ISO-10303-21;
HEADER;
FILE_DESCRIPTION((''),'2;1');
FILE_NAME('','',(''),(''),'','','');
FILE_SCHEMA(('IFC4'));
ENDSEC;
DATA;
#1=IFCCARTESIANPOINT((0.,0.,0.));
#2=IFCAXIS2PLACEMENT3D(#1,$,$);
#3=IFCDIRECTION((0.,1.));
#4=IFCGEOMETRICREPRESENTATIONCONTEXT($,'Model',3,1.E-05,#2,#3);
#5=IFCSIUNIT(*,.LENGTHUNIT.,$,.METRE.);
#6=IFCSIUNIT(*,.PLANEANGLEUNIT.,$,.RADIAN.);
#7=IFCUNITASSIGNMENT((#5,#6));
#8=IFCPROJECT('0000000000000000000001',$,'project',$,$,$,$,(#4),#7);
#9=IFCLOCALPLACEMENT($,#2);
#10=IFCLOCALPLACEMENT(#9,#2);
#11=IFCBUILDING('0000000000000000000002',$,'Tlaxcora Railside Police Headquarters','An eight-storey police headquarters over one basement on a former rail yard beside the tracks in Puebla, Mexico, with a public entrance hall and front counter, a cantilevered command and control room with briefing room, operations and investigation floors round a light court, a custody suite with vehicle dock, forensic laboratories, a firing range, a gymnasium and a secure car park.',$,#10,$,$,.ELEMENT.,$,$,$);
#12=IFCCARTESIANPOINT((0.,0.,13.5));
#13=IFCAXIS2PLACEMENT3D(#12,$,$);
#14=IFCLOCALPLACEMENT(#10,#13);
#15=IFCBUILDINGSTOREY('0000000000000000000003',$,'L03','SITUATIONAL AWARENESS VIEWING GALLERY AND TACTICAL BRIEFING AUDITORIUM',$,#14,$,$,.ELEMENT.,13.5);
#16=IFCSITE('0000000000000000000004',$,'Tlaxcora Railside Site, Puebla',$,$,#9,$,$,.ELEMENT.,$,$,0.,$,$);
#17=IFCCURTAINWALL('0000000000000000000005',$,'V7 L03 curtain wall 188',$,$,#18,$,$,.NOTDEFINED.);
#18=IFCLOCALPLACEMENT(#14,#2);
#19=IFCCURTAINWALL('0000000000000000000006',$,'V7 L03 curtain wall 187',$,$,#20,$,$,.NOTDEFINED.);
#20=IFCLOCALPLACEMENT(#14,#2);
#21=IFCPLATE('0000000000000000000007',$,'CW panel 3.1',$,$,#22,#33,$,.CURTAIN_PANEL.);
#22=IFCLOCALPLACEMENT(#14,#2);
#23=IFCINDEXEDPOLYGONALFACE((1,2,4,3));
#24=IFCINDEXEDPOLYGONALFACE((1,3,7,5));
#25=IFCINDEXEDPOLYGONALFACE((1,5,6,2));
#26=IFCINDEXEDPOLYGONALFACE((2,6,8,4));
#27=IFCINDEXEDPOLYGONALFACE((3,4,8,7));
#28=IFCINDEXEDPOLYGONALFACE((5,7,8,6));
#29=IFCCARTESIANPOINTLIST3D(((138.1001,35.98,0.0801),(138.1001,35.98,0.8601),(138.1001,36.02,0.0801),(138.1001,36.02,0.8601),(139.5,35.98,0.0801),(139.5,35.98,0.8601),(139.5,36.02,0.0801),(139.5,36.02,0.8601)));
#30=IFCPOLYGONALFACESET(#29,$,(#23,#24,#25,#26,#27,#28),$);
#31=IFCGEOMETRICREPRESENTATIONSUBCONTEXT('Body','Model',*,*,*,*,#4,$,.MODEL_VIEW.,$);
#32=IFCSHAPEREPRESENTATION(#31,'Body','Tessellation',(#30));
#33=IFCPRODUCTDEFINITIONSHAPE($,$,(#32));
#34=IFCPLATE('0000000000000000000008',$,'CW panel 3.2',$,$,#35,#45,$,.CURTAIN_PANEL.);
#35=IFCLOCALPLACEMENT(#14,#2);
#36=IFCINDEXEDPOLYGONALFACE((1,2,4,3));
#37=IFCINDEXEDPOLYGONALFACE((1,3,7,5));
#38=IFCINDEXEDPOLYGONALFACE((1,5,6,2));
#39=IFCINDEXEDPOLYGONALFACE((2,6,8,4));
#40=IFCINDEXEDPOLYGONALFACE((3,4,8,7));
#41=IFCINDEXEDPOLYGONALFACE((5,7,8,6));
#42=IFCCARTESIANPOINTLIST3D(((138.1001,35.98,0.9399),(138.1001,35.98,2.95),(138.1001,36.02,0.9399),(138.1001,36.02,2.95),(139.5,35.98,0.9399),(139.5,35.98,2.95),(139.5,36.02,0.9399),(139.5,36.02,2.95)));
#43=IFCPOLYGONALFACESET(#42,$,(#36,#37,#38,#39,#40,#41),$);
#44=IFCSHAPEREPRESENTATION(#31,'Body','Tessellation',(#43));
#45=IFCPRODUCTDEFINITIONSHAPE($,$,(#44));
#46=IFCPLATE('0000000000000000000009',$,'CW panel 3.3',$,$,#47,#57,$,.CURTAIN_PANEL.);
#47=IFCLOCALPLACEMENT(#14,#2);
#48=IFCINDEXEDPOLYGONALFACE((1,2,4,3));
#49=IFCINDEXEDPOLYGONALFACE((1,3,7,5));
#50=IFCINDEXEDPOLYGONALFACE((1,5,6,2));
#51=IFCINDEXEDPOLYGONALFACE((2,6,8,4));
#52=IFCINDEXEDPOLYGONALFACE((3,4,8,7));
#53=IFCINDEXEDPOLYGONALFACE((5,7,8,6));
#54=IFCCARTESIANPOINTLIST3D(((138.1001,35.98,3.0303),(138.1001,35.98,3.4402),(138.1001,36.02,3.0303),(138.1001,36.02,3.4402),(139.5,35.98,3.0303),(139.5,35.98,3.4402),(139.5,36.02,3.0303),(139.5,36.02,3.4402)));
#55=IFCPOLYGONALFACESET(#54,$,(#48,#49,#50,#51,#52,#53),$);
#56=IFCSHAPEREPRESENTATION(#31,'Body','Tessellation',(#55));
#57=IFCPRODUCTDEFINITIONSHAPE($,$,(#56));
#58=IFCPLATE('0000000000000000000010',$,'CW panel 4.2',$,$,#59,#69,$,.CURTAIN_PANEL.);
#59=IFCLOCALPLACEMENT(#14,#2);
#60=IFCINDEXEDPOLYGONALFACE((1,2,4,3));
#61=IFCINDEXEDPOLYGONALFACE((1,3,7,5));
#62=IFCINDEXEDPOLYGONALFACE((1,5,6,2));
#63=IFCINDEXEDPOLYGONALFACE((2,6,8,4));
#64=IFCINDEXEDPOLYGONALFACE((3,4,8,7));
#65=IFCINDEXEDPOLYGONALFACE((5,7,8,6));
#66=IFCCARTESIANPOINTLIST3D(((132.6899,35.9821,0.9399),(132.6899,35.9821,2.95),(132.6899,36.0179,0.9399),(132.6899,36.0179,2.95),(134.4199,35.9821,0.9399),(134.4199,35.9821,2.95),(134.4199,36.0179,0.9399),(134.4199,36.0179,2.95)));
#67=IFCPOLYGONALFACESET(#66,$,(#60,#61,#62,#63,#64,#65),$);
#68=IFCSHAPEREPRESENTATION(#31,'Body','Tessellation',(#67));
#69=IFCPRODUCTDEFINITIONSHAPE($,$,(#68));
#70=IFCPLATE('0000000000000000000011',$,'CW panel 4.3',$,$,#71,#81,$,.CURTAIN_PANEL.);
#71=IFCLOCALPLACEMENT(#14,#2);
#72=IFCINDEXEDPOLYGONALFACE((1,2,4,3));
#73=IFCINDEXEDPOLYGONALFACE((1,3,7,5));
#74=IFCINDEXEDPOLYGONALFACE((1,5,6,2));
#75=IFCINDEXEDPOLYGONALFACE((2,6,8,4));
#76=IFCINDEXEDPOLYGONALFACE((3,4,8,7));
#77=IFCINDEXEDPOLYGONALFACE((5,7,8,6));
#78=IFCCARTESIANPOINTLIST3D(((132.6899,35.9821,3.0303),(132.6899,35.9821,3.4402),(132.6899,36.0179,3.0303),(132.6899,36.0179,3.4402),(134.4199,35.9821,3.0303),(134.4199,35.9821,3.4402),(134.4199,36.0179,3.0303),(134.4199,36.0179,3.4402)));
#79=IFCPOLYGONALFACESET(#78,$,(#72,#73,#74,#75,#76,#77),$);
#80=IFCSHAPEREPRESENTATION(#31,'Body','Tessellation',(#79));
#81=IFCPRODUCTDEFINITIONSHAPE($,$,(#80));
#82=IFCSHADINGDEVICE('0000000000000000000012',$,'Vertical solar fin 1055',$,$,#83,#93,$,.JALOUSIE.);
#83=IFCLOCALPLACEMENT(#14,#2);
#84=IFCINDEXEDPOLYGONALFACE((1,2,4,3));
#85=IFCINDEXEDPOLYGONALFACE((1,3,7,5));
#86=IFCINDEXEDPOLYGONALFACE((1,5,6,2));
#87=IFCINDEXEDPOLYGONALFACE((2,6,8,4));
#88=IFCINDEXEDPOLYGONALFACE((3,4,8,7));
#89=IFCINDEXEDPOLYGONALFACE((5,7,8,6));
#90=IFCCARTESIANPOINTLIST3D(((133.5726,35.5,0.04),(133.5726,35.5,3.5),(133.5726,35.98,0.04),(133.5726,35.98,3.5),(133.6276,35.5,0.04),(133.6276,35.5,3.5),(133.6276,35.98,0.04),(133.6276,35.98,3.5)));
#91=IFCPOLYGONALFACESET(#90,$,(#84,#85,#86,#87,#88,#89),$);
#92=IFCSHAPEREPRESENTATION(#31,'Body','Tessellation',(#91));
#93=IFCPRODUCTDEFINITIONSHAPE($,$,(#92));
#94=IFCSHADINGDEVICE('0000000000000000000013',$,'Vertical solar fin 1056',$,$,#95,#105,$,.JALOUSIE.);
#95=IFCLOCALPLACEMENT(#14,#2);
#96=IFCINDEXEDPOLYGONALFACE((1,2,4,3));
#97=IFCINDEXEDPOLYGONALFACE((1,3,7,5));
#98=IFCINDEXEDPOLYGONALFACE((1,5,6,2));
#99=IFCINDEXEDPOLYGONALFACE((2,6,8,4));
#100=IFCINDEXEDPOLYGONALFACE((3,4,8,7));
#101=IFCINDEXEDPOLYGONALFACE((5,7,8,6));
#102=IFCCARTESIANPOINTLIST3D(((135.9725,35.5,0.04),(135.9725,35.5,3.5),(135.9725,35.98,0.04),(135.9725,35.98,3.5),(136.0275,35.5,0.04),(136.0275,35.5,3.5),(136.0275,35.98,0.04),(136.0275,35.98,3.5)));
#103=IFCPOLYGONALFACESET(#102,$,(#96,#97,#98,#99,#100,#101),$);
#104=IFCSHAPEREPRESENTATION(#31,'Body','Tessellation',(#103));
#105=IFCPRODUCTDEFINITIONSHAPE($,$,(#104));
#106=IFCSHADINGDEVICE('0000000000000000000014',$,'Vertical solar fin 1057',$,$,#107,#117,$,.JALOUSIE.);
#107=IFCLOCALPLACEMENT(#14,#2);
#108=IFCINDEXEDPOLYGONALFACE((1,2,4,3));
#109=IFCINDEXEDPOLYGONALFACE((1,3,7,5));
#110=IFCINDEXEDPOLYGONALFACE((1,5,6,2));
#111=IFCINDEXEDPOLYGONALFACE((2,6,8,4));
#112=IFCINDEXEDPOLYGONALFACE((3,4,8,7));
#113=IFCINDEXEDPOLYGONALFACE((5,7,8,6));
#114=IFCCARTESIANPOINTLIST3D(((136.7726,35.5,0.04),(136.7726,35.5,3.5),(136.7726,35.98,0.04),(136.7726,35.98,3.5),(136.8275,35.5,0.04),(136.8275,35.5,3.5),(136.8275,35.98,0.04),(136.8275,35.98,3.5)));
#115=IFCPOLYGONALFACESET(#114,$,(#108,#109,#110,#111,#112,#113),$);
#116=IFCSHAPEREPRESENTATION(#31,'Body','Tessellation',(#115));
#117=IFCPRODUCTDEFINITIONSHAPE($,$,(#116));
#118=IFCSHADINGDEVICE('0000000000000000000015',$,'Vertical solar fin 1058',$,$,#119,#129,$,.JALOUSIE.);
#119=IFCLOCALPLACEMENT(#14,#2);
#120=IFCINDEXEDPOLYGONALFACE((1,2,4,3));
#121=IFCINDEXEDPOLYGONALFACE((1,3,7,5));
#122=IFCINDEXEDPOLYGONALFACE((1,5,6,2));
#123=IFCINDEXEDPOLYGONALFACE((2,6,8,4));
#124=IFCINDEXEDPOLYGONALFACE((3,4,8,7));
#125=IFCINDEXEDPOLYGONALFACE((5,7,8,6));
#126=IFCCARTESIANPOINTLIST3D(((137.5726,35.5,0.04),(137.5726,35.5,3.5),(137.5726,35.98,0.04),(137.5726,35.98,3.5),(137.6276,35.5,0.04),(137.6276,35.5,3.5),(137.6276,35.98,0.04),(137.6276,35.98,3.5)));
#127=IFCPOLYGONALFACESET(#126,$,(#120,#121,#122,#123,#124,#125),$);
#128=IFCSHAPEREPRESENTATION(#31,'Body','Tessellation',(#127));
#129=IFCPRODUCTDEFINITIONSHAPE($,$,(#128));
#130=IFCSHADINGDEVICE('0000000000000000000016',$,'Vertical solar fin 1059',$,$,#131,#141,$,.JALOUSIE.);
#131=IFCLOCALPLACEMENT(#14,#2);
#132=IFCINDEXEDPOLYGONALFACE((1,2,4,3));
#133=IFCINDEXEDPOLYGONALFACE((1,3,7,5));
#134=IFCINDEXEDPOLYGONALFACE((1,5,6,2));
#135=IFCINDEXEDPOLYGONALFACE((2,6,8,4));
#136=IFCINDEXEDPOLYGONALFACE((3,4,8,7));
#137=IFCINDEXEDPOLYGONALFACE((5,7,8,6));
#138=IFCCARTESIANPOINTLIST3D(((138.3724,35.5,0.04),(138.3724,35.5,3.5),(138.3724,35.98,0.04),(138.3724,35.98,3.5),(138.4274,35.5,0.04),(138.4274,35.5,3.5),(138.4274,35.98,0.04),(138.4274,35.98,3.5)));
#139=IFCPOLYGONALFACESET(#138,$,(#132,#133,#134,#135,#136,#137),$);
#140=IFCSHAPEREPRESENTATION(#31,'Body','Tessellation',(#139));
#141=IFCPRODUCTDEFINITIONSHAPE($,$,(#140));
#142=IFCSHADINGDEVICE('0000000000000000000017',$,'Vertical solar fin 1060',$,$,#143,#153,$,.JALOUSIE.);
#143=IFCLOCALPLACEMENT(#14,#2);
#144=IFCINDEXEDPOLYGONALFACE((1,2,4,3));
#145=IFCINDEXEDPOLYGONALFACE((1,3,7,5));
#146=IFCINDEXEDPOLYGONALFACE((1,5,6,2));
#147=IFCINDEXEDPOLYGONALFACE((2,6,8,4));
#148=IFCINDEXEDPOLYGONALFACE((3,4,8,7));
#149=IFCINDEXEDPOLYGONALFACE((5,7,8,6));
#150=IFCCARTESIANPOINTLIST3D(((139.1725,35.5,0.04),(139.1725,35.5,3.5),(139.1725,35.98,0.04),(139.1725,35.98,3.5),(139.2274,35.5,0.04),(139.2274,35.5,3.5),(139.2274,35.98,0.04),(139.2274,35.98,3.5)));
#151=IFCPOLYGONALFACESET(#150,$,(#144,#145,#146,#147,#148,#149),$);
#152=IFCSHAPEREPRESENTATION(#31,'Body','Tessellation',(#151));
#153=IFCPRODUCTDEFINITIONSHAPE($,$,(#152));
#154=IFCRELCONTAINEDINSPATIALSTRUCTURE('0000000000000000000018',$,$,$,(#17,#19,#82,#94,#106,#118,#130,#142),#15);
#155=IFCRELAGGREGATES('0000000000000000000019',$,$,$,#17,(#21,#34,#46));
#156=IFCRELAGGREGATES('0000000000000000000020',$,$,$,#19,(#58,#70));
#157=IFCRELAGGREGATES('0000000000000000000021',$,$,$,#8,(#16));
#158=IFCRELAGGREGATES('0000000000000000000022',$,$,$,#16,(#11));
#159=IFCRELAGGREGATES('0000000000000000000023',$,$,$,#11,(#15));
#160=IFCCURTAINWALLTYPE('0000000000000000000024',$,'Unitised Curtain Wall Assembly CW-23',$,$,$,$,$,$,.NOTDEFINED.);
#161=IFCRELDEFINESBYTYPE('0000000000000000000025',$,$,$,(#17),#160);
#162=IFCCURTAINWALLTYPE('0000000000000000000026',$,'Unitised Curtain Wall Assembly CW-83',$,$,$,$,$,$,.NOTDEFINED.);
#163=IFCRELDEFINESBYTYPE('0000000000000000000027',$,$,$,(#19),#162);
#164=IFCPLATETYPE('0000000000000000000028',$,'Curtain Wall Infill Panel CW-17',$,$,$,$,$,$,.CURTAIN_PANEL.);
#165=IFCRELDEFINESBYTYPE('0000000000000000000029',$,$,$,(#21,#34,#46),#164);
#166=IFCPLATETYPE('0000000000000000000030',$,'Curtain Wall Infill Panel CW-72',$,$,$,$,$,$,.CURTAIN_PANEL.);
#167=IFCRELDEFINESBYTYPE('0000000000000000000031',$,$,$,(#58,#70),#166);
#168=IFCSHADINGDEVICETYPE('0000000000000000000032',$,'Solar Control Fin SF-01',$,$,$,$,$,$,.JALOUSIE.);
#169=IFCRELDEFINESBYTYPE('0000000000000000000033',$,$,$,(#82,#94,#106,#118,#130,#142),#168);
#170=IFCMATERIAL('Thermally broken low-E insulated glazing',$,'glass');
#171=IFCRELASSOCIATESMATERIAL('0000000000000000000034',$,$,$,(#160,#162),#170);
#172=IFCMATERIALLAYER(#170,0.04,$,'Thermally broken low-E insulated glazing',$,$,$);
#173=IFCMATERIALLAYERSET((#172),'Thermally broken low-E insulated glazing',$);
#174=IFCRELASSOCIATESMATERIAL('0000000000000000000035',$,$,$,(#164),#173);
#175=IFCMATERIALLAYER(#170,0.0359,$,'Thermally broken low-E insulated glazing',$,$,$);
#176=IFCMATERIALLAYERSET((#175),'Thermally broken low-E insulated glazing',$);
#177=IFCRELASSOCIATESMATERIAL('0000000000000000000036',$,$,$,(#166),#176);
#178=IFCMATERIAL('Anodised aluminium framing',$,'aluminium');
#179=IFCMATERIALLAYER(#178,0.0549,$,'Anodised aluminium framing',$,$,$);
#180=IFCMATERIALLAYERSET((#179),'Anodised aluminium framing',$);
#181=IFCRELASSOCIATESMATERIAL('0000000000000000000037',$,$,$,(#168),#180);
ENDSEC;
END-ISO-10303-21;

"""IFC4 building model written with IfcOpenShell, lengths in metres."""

from ifc_helpers import new_model, si_unit, direction, frame, origin, origin_2d, place, context, subcontext, project, spatial, rectangle, extrude, material, layer, layer_set, type_object, element, aggregate, save


model = new_model("IFC4")

# Units and contexts
model_context = context("Model", 3, precision=1e-05, world=origin(), true_north=direction((0.0, 1.0)))
body_context = subcontext(model_context, "Body", "Model", "MODEL_VIEW")
ifc_project = project(units=[si_unit("LENGTHUNIT", "METRE"), si_unit("PLANEANGLEUNIT", "RADIAN")], contexts=[model_context])

# Site, building, storey
site_placement = place(None, origin())
site = spatial("IfcSite", under=ifc_project, at=site_placement, Name="Tlaxcora Railside Site, Puebla", CompositionType="ELEMENT", RefElevation=0.0)
building_placement = place(site_placement, origin())
building = spatial("IfcBuilding", under=site, at=building_placement, Name="Tlaxcora Railside Police Headquarters", Description="An eight-storey police headquarters over one basement on a former rail yard beside the tracks in Puebla, Mexico, with a public entrance hall and front counter, a cantilevered command and control room with briefing room, operations and investigation floors round a light court, a custody suite with vehicle dock, forensic laboratories, a firing range, a gymnasium and a secure car park.", CompositionType="ELEMENT")
storey_placement = place(building_placement, frame((0.0, 0.0, 13.5)))
storey = spatial("IfcBuildingStorey", under=building, at=storey_placement, Name="L03", Description="SITUATIONAL AWARENESS VIEWING GALLERY AND TACTICAL BRIEFING AUDITORIUM", CompositionType="ELEMENT", Elevation=13.5)

# Curtain wall
ifc_material_1 = material(Name="Thermally broken low-E insulated glazing", Category="glass")
curtain_wall_type_1 = type_object("IfcCurtainWallType", Name="Unitised Curtain Wall Assembly CW-23", PredefinedType="NOTDEFINED", material=ifc_material_1)
curtain_wall_1_placement = place(storey_placement, origin())
curtain_wall_1 = element("IfcCurtainWall", 1, at=curtain_wall_1_placement, inside=storey, type_object=curtain_wall_type_1, Name="V7 L03 curtain wall 188", PredefinedType="NOTDEFINED")
ifc_material_2 = material(Name="Anodised aluminium framing", Category="aluminium")

# Curtain wall
curtain_wall_type_2 = type_object("IfcCurtainWallType", Name="Unitised Curtain Wall Assembly CW-83", PredefinedType="NOTDEFINED", material=ifc_material_1)
curtain_wall_2_placement = place(storey_placement, origin())
curtain_wall_2 = element("IfcCurtainWall", 2, at=curtain_wall_2_placement, inside=storey, type_object=curtain_wall_type_2, Name="V7 L03 curtain wall 187", PredefinedType="NOTDEFINED")

# Plates
ifc_layer_1 = layer(ifc_material_1, 0.04, Name="Thermally broken low-E insulated glazing")
ifc_layer_set_1 = layer_set([ifc_layer_1], Name="Thermally broken low-E insulated glazing")
plate_type_1 = type_object("IfcPlateType", Name="Curtain Wall Infill Panel CW-17", PredefinedType="CURTAIN_PANEL", material=ifc_layer_set_1)
plate_1_placement = place(storey_placement, frame((138.8, 36.0, 0.0801), z_axis=(0.0, 0.0, 1.0), x_axis=(1.0, 0.0, 0.0)))
plate_1 = element("IfcPlate", 3, at=plate_1_placement, type_object=plate_type_1, Name="CW panel 3.1", PredefinedType="CURTAIN_PANEL", context=body_context, shape_type="SweptSolid", body=[
    extrude(rectangle(XDim=1.3999, YDim=0.04, at=origin_2d()), origin(), (0.0, 0.0, 1.0), 0.78),
])
plate_2_placement = place(storey_placement, frame((138.8, 36.0, 0.9399), z_axis=(0.0, 0.0, 1.0), x_axis=(1.0, 0.0, 0.0)))
plate_2 = element("IfcPlate", 4, at=plate_2_placement, type_object=plate_type_1, Name="CW panel 3.2", PredefinedType="CURTAIN_PANEL", context=body_context, shape_type="SweptSolid", body=[
    extrude(rectangle(XDim=1.3999, YDim=0.04, at=origin_2d()), origin(), (0.0, 0.0, 1.0), 2.01),
])
plate_3_placement = place(storey_placement, frame((138.8, 36.0, 3.0303), z_axis=(0.0, 0.0, 1.0), x_axis=(1.0, 0.0, 0.0)))
plate_3 = element("IfcPlate", 5, at=plate_3_placement, type_object=plate_type_1, Name="CW panel 3.3", PredefinedType="CURTAIN_PANEL", context=body_context, shape_type="SweptSolid", body=[
    extrude(rectangle(XDim=1.3999, YDim=0.04, at=origin_2d()), origin(), (0.0, 0.0, 1.0), 0.4099),
])
aggregate(curtain_wall_1, [plate_1, plate_2, plate_3])
ifc_layer_2 = layer(ifc_material_1, 0.0359, Name="Thermally broken low-E insulated glazing")
ifc_layer_set_2 = layer_set([ifc_layer_2], Name="Thermally broken low-E insulated glazing")
plate_type_2 = type_object("IfcPlateType", Name="Curtain Wall Infill Panel CW-72", PredefinedType="CURTAIN_PANEL", material=ifc_layer_set_2)
plate_4_placement = place(storey_placement, frame((133.5549, 36.0, 0.9399), z_axis=(0.0, 0.0, 1.0), x_axis=(1.0, 0.0, 0.0)))
plate_4 = element("IfcPlate", 6, at=plate_4_placement, type_object=plate_type_2, Name="CW panel 4.2", PredefinedType="CURTAIN_PANEL", context=body_context, shape_type="SweptSolid", body=[
    extrude(rectangle(XDim=1.73, YDim=0.0359, at=origin_2d()), origin(), (0.0, 0.0, 1.0), 2.01),
])
plate_5_placement = place(storey_placement, frame((133.5549, 36.0, 3.0303), z_axis=(0.0, 0.0, 1.0), x_axis=(1.0, 0.0, 0.0)))
plate_5 = element("IfcPlate", 7, at=plate_5_placement, type_object=plate_type_2, Name="CW panel 4.3", PredefinedType="CURTAIN_PANEL", context=body_context, shape_type="SweptSolid", body=[
    extrude(rectangle(XDim=1.73, YDim=0.0359, at=origin_2d()), origin(), (0.0, 0.0, 1.0), 0.4099),
])
aggregate(curtain_wall_2, [plate_4, plate_5])

# Shading devices
ifc_layer_3 = layer(ifc_material_2, 0.0549, Name="Anodised aluminium framing")
ifc_layer_set_3 = layer_set([ifc_layer_3], Name="Anodised aluminium framing")
shading_device_type = type_object("IfcShadingDeviceType", Name="Solar Control Fin SF-01", PredefinedType="JALOUSIE", material=ifc_layer_set_3)
for number, where, z_axis, x_axis, name in (
    (8, (133.6001, 35.74, 0.04), (0.0, 0.0, 1.0), (0.0, -1.0, 0.0), "Vertical solar fin 1055"),
    (9, (136.0, 35.74, 0.04), (0.0, 0.0, 1.0), (0.0, -1.0, 0.0), "Vertical solar fin 1056"),
    (10, (136.8, 35.74, 0.04), (0.0, 0.0, 1.0), (0.0, -1.0, 0.0), "Vertical solar fin 1057"),
    (11, (137.6001, 35.74, 0.04), (0.0, 0.0, 1.0), (0.0, -1.0, 0.0), "Vertical solar fin 1058"),
    (12, (138.3999, 35.74, 0.04), (0.0, 0.0, 1.0), (0.0, -1.0, 0.0), "Vertical solar fin 1059"),
    (13, (139.2, 35.74, 0.04), (0.0, 0.0, 1.0), (0.0, -1.0, 0.0), "Vertical solar fin 1060"),
):
    element("IfcShadingDevice", number, at=place(storey_placement, frame(where, z_axis=z_axis, x_axis=x_axis)), inside=storey, type_object=shading_device_type, Name=name, PredefinedType="JALOUSIE", context=body_context, shape_type="SweptSolid", body=[
        extrude(rectangle(XDim=0.48, YDim=0.0549, at=origin_2d()), origin(), (0.0, 0.0, 1.0), 3.46),
    ])

save(model, "model.ifc")
